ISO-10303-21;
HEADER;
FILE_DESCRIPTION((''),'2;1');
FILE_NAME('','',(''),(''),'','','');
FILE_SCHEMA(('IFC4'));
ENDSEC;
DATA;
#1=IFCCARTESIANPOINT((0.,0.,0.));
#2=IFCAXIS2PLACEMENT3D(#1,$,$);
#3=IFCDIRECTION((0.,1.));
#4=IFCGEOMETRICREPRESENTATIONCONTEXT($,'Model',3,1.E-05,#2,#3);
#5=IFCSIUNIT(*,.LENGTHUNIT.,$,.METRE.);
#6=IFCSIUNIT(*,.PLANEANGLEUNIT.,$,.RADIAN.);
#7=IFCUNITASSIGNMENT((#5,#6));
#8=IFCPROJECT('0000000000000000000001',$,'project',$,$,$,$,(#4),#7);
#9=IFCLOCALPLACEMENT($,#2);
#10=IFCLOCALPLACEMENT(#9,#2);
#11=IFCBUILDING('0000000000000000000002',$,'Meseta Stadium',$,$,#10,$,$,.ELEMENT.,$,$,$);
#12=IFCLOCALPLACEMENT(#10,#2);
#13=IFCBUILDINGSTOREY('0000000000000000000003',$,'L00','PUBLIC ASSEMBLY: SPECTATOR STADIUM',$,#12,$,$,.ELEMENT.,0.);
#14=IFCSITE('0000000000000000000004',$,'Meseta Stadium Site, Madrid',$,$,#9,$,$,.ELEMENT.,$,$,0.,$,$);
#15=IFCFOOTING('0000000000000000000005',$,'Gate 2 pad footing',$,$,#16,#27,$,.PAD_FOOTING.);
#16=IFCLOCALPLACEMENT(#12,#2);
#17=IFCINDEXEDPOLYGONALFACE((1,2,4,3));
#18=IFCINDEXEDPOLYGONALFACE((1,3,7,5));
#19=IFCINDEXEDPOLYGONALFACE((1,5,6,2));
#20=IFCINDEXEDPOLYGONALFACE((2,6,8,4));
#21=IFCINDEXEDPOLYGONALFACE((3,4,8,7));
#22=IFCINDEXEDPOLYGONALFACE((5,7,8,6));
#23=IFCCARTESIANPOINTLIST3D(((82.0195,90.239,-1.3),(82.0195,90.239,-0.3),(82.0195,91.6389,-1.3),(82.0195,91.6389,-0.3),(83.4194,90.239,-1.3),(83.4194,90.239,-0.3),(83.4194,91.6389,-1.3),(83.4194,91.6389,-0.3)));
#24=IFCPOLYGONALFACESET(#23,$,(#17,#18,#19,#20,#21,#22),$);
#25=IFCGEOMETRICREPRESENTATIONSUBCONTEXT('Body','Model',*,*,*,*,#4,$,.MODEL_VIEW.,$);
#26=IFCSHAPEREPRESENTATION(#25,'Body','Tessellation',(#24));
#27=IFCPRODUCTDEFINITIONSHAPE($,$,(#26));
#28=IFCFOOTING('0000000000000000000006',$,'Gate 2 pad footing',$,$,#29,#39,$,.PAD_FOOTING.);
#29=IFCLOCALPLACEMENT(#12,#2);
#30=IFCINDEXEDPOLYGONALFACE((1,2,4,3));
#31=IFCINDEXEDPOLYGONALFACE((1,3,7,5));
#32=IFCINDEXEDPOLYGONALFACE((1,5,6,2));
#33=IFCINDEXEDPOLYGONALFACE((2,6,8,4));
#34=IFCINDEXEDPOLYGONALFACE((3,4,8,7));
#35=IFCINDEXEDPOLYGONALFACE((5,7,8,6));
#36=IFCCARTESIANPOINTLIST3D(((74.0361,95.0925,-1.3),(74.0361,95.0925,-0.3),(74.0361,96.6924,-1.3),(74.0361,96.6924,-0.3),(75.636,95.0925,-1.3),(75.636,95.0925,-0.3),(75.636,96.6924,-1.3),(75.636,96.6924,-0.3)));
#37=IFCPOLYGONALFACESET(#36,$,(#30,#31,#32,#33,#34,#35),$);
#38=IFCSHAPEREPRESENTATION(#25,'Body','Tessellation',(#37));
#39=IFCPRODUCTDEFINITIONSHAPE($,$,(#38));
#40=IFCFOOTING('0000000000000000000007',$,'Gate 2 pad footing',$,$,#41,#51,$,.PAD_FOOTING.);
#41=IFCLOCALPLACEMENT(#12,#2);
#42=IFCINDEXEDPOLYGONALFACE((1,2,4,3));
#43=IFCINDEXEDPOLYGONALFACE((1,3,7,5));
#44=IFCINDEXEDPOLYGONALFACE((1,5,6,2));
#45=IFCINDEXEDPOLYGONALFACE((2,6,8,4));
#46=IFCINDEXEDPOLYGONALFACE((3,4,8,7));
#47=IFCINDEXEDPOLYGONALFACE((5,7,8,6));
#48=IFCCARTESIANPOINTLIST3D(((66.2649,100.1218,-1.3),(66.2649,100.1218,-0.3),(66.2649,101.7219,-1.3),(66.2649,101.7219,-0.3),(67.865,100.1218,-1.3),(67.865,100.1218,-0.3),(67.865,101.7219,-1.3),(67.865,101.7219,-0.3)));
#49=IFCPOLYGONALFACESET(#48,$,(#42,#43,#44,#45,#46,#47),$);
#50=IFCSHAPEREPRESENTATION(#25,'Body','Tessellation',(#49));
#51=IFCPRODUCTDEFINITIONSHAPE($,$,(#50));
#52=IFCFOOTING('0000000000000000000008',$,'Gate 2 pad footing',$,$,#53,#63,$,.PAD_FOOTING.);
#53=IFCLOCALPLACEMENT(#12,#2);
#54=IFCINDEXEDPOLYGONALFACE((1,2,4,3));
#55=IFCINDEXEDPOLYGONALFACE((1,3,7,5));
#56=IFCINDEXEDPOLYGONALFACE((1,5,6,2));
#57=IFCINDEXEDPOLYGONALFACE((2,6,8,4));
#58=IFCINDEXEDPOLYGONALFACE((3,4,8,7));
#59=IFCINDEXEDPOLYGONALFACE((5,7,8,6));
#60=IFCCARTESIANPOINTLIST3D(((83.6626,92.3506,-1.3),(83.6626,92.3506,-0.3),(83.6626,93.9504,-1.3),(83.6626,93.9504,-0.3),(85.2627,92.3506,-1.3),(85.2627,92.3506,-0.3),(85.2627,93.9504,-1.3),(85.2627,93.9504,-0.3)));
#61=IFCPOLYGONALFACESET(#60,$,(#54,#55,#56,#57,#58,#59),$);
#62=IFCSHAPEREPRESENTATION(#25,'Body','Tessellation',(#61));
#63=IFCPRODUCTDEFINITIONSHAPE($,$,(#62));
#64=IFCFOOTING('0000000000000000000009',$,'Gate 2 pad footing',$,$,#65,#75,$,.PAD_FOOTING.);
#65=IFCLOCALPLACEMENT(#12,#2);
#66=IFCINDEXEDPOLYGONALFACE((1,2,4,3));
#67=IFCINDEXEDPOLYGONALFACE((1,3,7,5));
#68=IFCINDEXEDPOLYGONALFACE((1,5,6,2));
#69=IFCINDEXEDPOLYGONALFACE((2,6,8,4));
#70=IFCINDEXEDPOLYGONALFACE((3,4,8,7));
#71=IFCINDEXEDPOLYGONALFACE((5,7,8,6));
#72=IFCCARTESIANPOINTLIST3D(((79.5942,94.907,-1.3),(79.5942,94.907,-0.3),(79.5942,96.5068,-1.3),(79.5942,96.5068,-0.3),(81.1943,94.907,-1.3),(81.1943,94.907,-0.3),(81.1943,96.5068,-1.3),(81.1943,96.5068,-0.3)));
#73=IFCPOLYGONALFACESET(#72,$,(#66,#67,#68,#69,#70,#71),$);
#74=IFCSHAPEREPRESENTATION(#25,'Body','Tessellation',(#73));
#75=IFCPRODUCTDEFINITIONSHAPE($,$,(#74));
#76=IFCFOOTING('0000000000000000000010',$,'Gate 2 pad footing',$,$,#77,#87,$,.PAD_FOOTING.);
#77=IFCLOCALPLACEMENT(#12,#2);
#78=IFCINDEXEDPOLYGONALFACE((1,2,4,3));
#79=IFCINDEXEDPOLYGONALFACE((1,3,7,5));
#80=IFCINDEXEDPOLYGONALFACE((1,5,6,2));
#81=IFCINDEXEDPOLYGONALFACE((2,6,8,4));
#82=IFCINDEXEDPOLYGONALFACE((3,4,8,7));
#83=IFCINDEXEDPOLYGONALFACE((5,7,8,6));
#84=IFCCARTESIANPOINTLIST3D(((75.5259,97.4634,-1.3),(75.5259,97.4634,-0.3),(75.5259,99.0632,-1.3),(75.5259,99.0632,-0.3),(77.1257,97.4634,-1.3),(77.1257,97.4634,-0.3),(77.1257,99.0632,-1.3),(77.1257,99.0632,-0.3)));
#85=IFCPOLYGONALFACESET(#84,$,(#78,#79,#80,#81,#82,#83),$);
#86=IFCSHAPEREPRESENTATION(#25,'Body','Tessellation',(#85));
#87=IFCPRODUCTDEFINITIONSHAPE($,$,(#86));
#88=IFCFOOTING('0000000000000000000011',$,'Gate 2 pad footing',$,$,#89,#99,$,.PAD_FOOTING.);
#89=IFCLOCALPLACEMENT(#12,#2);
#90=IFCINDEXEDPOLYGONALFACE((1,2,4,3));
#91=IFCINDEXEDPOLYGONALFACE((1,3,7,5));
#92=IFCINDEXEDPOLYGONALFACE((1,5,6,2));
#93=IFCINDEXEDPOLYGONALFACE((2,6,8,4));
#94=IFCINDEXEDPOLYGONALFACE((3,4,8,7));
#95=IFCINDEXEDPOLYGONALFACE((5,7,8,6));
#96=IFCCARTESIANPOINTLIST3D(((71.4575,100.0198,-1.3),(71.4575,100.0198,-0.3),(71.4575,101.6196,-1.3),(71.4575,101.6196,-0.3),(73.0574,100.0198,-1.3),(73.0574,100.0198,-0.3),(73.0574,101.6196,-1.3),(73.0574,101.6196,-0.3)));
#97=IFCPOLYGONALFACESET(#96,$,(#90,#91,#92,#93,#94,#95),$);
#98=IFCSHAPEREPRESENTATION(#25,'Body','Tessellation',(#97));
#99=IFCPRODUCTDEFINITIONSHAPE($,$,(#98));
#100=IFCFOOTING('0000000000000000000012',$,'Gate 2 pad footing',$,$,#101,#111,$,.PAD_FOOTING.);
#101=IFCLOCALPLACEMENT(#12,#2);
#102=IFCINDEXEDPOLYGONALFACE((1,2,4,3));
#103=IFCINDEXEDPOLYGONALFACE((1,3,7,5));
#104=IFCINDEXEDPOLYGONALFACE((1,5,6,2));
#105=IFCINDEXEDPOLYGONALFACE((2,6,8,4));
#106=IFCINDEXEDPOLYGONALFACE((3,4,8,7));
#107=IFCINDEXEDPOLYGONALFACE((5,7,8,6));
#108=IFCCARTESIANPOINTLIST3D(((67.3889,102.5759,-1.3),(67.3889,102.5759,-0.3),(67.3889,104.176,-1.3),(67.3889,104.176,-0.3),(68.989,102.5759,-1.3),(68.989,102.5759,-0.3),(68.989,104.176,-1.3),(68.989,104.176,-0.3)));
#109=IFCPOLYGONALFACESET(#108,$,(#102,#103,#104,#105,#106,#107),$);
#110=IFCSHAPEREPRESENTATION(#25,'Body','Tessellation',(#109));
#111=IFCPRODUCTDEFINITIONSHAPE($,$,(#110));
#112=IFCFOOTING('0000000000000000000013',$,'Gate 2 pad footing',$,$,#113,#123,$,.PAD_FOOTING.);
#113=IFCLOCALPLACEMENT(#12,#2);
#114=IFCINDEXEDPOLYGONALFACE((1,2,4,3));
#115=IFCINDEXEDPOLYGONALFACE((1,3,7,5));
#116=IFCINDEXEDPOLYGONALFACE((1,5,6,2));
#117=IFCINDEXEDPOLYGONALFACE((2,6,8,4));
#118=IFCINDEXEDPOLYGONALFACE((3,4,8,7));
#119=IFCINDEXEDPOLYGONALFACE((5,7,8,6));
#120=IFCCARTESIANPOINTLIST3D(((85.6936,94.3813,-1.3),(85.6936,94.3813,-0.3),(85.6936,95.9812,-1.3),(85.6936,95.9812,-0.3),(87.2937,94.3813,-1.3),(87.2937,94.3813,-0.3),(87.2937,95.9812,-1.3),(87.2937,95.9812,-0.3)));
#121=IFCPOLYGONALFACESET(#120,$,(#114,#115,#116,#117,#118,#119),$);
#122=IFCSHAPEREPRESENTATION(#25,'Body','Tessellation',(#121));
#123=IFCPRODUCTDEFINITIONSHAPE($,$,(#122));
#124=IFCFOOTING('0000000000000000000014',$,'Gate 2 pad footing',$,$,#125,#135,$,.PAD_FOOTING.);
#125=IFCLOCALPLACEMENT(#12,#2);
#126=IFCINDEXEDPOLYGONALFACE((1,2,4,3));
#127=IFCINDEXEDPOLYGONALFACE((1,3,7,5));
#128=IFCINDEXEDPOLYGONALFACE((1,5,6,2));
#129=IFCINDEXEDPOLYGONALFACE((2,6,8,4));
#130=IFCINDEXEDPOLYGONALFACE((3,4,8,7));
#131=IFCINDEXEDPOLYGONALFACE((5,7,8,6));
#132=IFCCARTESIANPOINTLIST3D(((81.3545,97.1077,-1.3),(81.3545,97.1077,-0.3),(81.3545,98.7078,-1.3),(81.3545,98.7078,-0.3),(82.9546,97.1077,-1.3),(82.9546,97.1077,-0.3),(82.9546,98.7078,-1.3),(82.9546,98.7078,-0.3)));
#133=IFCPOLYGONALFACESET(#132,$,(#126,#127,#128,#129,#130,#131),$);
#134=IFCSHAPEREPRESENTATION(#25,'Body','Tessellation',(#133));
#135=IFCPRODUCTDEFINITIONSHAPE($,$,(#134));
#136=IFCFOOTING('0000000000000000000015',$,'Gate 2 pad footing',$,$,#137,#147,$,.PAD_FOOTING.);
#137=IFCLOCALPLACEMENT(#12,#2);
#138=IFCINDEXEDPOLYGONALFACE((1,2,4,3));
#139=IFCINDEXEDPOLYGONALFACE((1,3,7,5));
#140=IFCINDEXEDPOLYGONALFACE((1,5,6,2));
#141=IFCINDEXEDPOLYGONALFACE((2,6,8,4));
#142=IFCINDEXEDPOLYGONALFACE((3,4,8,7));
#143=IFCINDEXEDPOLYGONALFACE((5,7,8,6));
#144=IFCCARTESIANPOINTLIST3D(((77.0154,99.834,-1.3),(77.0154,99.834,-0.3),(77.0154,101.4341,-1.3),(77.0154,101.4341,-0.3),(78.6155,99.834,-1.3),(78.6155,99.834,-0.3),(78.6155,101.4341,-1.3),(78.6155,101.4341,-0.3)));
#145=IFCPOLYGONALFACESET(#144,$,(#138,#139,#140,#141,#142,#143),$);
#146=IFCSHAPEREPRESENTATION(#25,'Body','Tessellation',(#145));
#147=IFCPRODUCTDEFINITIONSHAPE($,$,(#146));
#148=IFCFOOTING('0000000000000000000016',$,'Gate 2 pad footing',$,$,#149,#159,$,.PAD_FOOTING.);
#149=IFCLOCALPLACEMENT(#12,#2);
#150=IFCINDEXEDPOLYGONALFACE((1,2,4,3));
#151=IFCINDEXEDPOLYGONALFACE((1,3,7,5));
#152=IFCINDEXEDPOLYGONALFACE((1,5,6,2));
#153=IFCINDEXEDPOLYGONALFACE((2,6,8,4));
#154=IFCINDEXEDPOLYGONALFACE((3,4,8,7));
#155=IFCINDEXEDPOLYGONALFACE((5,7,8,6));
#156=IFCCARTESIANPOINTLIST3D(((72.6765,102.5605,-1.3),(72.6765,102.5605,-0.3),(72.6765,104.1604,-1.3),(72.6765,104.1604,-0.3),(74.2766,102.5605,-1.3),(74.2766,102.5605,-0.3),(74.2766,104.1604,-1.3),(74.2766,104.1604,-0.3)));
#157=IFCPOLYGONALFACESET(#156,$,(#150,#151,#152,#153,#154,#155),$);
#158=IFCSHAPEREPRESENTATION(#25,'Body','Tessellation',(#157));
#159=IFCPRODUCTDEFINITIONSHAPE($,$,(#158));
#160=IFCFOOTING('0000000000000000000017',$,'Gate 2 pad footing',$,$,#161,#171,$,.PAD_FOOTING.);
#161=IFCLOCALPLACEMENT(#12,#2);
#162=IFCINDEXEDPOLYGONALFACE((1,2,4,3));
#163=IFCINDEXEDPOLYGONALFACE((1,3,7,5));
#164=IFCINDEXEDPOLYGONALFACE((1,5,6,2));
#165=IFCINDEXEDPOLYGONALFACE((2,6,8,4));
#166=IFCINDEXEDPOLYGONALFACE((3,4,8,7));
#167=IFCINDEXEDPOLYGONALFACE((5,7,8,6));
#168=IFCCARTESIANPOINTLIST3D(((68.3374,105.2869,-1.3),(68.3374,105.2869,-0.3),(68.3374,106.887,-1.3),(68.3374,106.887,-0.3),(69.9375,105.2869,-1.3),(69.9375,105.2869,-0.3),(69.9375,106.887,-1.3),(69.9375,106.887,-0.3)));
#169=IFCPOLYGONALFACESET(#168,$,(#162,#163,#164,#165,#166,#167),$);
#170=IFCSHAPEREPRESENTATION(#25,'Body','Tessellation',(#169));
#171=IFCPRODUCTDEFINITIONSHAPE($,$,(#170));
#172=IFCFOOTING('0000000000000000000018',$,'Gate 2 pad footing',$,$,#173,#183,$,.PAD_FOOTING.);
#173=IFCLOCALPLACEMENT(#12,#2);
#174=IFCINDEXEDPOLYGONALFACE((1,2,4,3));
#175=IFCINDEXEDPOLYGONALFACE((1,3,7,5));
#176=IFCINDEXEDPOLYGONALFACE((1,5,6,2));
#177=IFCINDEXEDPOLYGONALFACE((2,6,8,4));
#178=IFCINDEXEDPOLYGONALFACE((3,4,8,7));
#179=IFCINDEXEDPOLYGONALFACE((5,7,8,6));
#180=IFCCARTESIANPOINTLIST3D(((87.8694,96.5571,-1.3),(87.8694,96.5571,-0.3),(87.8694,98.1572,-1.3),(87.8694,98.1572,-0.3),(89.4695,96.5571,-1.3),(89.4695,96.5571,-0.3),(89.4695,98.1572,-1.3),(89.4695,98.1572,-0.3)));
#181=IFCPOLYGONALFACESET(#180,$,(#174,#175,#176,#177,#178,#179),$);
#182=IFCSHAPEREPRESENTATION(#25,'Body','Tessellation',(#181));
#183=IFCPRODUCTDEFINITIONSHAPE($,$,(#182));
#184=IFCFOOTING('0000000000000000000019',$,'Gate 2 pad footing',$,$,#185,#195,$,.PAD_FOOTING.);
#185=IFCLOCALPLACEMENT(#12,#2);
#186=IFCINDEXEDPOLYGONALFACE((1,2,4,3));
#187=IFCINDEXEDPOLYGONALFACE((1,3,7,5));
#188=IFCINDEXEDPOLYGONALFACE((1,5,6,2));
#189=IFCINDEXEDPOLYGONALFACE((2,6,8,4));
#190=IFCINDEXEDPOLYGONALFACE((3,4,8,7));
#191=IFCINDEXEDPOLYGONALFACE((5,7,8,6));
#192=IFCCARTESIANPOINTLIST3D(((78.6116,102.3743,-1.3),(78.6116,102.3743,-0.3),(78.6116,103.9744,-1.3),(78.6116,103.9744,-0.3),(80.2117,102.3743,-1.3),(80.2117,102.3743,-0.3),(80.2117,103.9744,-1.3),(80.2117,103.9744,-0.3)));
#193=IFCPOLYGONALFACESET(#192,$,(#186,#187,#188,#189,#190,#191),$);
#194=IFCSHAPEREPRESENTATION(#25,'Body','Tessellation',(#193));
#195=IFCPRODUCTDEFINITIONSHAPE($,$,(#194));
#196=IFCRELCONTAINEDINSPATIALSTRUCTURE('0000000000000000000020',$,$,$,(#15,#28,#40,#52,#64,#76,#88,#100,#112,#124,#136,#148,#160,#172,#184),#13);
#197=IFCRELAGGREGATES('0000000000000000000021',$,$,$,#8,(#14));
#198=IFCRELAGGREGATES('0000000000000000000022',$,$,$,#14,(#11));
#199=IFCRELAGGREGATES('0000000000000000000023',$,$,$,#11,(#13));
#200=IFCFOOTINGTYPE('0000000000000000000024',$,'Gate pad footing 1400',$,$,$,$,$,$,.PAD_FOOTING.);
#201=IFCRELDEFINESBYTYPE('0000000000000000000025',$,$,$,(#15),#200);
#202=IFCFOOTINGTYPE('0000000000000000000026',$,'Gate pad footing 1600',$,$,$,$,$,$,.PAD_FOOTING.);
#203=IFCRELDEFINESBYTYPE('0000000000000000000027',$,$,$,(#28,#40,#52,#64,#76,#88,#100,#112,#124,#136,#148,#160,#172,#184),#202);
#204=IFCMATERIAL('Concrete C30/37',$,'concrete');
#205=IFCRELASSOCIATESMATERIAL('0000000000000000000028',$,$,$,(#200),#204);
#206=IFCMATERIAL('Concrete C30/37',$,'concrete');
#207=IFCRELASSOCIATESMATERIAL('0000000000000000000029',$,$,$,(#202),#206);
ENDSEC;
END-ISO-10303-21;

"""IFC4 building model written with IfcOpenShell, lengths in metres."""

from ifc_helpers import new_model, si_unit, direction, frame, origin, place, context, subcontext, project, spatial, polyline, outline, extrude, material, type_object, element, save


model = new_model("IFC4")

# Units and contexts
model_context = context("Model", 3, precision=1e-05, world=origin(), true_north=direction((0.0, 1.0)))
body_context = subcontext(model_context, "Body", "Model", "MODEL_VIEW")
ifc_project = project(units=[si_unit("LENGTHUNIT", "METRE"), si_unit("PLANEANGLEUNIT", "RADIAN")], contexts=[model_context])

# Site, building, storey
site_placement = place(None, origin())
site = spatial("IfcSite", under=ifc_project, at=site_placement, Name="Meseta Stadium Site, Madrid", CompositionType="ELEMENT", RefElevation=0.0)
building_placement = place(site_placement, origin())
building = spatial("IfcBuilding", under=site, at=building_placement, Name="Meseta Stadium", CompositionType="ELEMENT")
storey_placement = place(building_placement, origin())
storey = spatial("IfcBuildingStorey", under=building, at=storey_placement, Name="L00", Description="PUBLIC ASSEMBLY: SPECTATOR STADIUM", CompositionType="ELEMENT", Elevation=0.0)

# Footings
ifc_material_1 = material(Name="Concrete C30/37", Category="concrete")
footing_type_1 = type_object("IfcFootingType", Name="Gate pad footing 1400", PredefinedType="PAD_FOOTING", material=ifc_material_1)
footing_1_placement = place(storey_placement, frame((0.0, 0.0, -1.3)))
element("IfcFooting", 1, at=footing_1_placement, inside=storey, type_object=footing_type_1, Name="Gate 2 pad footing", PredefinedType="PAD_FOOTING", context=body_context, shape_type="SweptSolid", body=[
    extrude(outline(polyline([(83.4194, 90.239), (83.4194, 91.6389), (82.0195, 91.6389), (82.0195, 90.239), (83.4194, 90.239)])), origin(), (0.0, 0.0, 1.0), 1.0),
])
ifc_material_2 = material(Name="Concrete C30/37", Category="concrete")
footing_type_2 = type_object("IfcFootingType", Name="Gate pad footing 1600", PredefinedType="PAD_FOOTING", material=ifc_material_2)
footing_2_placement = place(storey_placement, frame((0.0, 0.0, -1.3)))
element("IfcFooting", 2, at=footing_2_placement, inside=storey, type_object=footing_type_2, Name="Gate 2 pad footing", PredefinedType="PAD_FOOTING", context=body_context, shape_type="SweptSolid", body=[
    extrude(outline(polyline([(75.636, 95.0925), (75.636, 96.6924), (74.0361, 96.6924), (74.0361, 95.0925), (75.636, 95.0925)])), origin(), (0.0, 0.0, 1.0), 1.0),
])
footing_3_placement = place(storey_placement, frame((0.0, 0.0, -1.3)))
element("IfcFooting", 3, at=footing_3_placement, inside=storey, type_object=footing_type_2, Name="Gate 2 pad footing", PredefinedType="PAD_FOOTING", context=body_context, shape_type="SweptSolid", body=[
    extrude(outline(polyline([(67.865, 100.1218), (67.865, 101.7219), (66.2649, 101.7219), (66.2649, 100.1218), (67.865, 100.1218)])), origin(), (0.0, 0.0, 1.0), 1.0),
])
footing_4_placement = place(storey_placement, frame((0.0, 0.0, -1.3)))
element("IfcFooting", 4, at=footing_4_placement, inside=storey, type_object=footing_type_2, Name="Gate 2 pad footing", PredefinedType="PAD_FOOTING", context=body_context, shape_type="SweptSolid", body=[
    extrude(outline(polyline([(85.2627, 92.3506), (85.2627, 93.9504), (83.6626, 93.9504), (83.6626, 92.3506), (85.2627, 92.3506)])), origin(), (0.0, 0.0, 1.0), 1.0),
])
footing_5_placement = place(storey_placement, frame((0.0, 0.0, -1.3)))
element("IfcFooting", 5, at=footing_5_placement, inside=storey, type_object=footing_type_2, Name="Gate 2 pad footing", PredefinedType="PAD_FOOTING", context=body_context, shape_type="SweptSolid", body=[
    extrude(outline(polyline([(81.1943, 94.907), (81.1943, 96.5068), (79.5942, 96.5068), (79.5942, 94.907), (81.1943, 94.907)])), origin(), (0.0, 0.0, 1.0), 1.0),
])
footing_6_placement = place(storey_placement, frame((0.0, 0.0, -1.3)))
element("IfcFooting", 6, at=footing_6_placement, inside=storey, type_object=footing_type_2, Name="Gate 2 pad footing", PredefinedType="PAD_FOOTING", context=body_context, shape_type="SweptSolid", body=[
    extrude(outline(polyline([(77.1257, 97.4634), (77.1257, 99.0632), (75.5259, 99.0632), (75.5259, 97.4634), (77.1257, 97.4634)])), origin(), (0.0, 0.0, 1.0), 1.0),
])
footing_7_placement = place(storey_placement, frame((0.0, 0.0, -1.3)))
element("IfcFooting", 7, at=footing_7_placement, inside=storey, type_object=footing_type_2, Name="Gate 2 pad footing", PredefinedType="PAD_FOOTING", context=body_context, shape_type="SweptSolid", body=[
    extrude(outline(polyline([(73.0574, 100.0198), (73.0574, 101.6196), (71.4575, 101.6196), (71.4575, 100.0198), (73.0574, 100.0198)])), origin(), (0.0, 0.0, 1.0), 1.0),
])
footing_8_placement = place(storey_placement, frame((0.0, 0.0, -1.3)))
element("IfcFooting", 8, at=footing_8_placement, inside=storey, type_object=footing_type_2, Name="Gate 2 pad footing", PredefinedType="PAD_FOOTING", context=body_context, shape_type="SweptSolid", body=[
    extrude(outline(polyline([(68.989, 102.5759), (68.989, 104.176), (67.3889, 104.176), (67.3889, 102.5759), (68.989, 102.5759)])), origin(), (0.0, 0.0, 1.0), 1.0),
])
footing_9_placement = place(storey_placement, frame((0.0, 0.0, -1.3)))
element("IfcFooting", 9, at=footing_9_placement, inside=storey, type_object=footing_type_2, Name="Gate 2 pad footing", PredefinedType="PAD_FOOTING", context=body_context, shape_type="SweptSolid", body=[
    extrude(outline(polyline([(87.2937, 94.3813), (87.2937, 95.9812), (85.6936, 95.9812), (85.6936, 94.3813), (87.2937, 94.3813)])), origin(), (0.0, 0.0, 1.0), 1.0),
])
footing_10_placement = place(storey_placement, frame((0.0, 0.0, -1.3)))
element("IfcFooting", 10, at=footing_10_placement, inside=storey, type_object=footing_type_2, Name="Gate 2 pad footing", PredefinedType="PAD_FOOTING", context=body_context, shape_type="SweptSolid", body=[
    extrude(outline(polyline([(82.9546, 97.1077), (82.9546, 98.7078), (81.3545, 98.7078), (81.3545, 97.1077), (82.9546, 97.1077)])), origin(), (0.0, 0.0, 1.0), 1.0),
])
footing_11_placement = place(storey_placement, frame((0.0, 0.0, -1.3)))
element("IfcFooting", 11, at=footing_11_placement, inside=storey, type_object=footing_type_2, Name="Gate 2 pad footing", PredefinedType="PAD_FOOTING", context=body_context, shape_type="SweptSolid", body=[
    extrude(outline(polyline([(78.6155, 99.834), (78.6155, 101.4341), (77.0154, 101.4341), (77.0154, 99.834), (78.6155, 99.834)])), origin(), (0.0, 0.0, 1.0), 1.0),
])
footing_12_placement = place(storey_placement, frame((0.0, 0.0, -1.3)))
element("IfcFooting", 12, at=footing_12_placement, inside=storey, type_object=footing_type_2, Name="Gate 2 pad footing", PredefinedType="PAD_FOOTING", context=body_context, shape_type="SweptSolid", body=[
    extrude(outline(polyline([(74.2766, 102.5605), (74.2766, 104.1604), (72.6765, 104.1604), (72.6765, 102.5605), (74.2766, 102.5605)])), origin(), (0.0, 0.0, 1.0), 1.0),
])
footing_13_placement = place(storey_placement, frame((0.0, 0.0, -1.3)))
element("IfcFooting", 13, at=footing_13_placement, inside=storey, type_object=footing_type_2, Name="Gate 2 pad footing", PredefinedType="PAD_FOOTING", context=body_context, shape_type="SweptSolid", body=[
    extrude(outline(polyline([(69.9375, 105.2869), (69.9375, 106.887), (68.3374, 106.887), (68.3374, 105.2869), (69.9375, 105.2869)])), origin(), (0.0, 0.0, 1.0), 1.0),
])
footing_14_placement = place(storey_placement, frame((0.0, 0.0, -1.3)))
element("IfcFooting", 14, at=footing_14_placement, inside=storey, type_object=footing_type_2, Name="Gate 2 pad footing", PredefinedType="PAD_FOOTING", context=body_context, shape_type="SweptSolid", body=[
    extrude(outline(polyline([(89.4695, 96.5571), (89.4695, 98.1572), (87.8694, 98.1572), (87.8694, 96.5571), (89.4695, 96.5571)])), origin(), (0.0, 0.0, 1.0), 1.0),
])
footing_15_placement = place(storey_placement, frame((0.0, 0.0, -1.3)))
element("IfcFooting", 15, at=footing_15_placement, inside=storey, type_object=footing_type_2, Name="Gate 2 pad footing", PredefinedType="PAD_FOOTING", context=body_context, shape_type="SweptSolid", body=[
    extrude(outline(polyline([(80.2117, 102.3743), (80.2117, 103.9744), (78.6116, 103.9744), (78.6116, 102.3743), (80.2117, 102.3743)])), origin(), (0.0, 0.0, 1.0), 1.0),
])

save(model, "model.ifc")
